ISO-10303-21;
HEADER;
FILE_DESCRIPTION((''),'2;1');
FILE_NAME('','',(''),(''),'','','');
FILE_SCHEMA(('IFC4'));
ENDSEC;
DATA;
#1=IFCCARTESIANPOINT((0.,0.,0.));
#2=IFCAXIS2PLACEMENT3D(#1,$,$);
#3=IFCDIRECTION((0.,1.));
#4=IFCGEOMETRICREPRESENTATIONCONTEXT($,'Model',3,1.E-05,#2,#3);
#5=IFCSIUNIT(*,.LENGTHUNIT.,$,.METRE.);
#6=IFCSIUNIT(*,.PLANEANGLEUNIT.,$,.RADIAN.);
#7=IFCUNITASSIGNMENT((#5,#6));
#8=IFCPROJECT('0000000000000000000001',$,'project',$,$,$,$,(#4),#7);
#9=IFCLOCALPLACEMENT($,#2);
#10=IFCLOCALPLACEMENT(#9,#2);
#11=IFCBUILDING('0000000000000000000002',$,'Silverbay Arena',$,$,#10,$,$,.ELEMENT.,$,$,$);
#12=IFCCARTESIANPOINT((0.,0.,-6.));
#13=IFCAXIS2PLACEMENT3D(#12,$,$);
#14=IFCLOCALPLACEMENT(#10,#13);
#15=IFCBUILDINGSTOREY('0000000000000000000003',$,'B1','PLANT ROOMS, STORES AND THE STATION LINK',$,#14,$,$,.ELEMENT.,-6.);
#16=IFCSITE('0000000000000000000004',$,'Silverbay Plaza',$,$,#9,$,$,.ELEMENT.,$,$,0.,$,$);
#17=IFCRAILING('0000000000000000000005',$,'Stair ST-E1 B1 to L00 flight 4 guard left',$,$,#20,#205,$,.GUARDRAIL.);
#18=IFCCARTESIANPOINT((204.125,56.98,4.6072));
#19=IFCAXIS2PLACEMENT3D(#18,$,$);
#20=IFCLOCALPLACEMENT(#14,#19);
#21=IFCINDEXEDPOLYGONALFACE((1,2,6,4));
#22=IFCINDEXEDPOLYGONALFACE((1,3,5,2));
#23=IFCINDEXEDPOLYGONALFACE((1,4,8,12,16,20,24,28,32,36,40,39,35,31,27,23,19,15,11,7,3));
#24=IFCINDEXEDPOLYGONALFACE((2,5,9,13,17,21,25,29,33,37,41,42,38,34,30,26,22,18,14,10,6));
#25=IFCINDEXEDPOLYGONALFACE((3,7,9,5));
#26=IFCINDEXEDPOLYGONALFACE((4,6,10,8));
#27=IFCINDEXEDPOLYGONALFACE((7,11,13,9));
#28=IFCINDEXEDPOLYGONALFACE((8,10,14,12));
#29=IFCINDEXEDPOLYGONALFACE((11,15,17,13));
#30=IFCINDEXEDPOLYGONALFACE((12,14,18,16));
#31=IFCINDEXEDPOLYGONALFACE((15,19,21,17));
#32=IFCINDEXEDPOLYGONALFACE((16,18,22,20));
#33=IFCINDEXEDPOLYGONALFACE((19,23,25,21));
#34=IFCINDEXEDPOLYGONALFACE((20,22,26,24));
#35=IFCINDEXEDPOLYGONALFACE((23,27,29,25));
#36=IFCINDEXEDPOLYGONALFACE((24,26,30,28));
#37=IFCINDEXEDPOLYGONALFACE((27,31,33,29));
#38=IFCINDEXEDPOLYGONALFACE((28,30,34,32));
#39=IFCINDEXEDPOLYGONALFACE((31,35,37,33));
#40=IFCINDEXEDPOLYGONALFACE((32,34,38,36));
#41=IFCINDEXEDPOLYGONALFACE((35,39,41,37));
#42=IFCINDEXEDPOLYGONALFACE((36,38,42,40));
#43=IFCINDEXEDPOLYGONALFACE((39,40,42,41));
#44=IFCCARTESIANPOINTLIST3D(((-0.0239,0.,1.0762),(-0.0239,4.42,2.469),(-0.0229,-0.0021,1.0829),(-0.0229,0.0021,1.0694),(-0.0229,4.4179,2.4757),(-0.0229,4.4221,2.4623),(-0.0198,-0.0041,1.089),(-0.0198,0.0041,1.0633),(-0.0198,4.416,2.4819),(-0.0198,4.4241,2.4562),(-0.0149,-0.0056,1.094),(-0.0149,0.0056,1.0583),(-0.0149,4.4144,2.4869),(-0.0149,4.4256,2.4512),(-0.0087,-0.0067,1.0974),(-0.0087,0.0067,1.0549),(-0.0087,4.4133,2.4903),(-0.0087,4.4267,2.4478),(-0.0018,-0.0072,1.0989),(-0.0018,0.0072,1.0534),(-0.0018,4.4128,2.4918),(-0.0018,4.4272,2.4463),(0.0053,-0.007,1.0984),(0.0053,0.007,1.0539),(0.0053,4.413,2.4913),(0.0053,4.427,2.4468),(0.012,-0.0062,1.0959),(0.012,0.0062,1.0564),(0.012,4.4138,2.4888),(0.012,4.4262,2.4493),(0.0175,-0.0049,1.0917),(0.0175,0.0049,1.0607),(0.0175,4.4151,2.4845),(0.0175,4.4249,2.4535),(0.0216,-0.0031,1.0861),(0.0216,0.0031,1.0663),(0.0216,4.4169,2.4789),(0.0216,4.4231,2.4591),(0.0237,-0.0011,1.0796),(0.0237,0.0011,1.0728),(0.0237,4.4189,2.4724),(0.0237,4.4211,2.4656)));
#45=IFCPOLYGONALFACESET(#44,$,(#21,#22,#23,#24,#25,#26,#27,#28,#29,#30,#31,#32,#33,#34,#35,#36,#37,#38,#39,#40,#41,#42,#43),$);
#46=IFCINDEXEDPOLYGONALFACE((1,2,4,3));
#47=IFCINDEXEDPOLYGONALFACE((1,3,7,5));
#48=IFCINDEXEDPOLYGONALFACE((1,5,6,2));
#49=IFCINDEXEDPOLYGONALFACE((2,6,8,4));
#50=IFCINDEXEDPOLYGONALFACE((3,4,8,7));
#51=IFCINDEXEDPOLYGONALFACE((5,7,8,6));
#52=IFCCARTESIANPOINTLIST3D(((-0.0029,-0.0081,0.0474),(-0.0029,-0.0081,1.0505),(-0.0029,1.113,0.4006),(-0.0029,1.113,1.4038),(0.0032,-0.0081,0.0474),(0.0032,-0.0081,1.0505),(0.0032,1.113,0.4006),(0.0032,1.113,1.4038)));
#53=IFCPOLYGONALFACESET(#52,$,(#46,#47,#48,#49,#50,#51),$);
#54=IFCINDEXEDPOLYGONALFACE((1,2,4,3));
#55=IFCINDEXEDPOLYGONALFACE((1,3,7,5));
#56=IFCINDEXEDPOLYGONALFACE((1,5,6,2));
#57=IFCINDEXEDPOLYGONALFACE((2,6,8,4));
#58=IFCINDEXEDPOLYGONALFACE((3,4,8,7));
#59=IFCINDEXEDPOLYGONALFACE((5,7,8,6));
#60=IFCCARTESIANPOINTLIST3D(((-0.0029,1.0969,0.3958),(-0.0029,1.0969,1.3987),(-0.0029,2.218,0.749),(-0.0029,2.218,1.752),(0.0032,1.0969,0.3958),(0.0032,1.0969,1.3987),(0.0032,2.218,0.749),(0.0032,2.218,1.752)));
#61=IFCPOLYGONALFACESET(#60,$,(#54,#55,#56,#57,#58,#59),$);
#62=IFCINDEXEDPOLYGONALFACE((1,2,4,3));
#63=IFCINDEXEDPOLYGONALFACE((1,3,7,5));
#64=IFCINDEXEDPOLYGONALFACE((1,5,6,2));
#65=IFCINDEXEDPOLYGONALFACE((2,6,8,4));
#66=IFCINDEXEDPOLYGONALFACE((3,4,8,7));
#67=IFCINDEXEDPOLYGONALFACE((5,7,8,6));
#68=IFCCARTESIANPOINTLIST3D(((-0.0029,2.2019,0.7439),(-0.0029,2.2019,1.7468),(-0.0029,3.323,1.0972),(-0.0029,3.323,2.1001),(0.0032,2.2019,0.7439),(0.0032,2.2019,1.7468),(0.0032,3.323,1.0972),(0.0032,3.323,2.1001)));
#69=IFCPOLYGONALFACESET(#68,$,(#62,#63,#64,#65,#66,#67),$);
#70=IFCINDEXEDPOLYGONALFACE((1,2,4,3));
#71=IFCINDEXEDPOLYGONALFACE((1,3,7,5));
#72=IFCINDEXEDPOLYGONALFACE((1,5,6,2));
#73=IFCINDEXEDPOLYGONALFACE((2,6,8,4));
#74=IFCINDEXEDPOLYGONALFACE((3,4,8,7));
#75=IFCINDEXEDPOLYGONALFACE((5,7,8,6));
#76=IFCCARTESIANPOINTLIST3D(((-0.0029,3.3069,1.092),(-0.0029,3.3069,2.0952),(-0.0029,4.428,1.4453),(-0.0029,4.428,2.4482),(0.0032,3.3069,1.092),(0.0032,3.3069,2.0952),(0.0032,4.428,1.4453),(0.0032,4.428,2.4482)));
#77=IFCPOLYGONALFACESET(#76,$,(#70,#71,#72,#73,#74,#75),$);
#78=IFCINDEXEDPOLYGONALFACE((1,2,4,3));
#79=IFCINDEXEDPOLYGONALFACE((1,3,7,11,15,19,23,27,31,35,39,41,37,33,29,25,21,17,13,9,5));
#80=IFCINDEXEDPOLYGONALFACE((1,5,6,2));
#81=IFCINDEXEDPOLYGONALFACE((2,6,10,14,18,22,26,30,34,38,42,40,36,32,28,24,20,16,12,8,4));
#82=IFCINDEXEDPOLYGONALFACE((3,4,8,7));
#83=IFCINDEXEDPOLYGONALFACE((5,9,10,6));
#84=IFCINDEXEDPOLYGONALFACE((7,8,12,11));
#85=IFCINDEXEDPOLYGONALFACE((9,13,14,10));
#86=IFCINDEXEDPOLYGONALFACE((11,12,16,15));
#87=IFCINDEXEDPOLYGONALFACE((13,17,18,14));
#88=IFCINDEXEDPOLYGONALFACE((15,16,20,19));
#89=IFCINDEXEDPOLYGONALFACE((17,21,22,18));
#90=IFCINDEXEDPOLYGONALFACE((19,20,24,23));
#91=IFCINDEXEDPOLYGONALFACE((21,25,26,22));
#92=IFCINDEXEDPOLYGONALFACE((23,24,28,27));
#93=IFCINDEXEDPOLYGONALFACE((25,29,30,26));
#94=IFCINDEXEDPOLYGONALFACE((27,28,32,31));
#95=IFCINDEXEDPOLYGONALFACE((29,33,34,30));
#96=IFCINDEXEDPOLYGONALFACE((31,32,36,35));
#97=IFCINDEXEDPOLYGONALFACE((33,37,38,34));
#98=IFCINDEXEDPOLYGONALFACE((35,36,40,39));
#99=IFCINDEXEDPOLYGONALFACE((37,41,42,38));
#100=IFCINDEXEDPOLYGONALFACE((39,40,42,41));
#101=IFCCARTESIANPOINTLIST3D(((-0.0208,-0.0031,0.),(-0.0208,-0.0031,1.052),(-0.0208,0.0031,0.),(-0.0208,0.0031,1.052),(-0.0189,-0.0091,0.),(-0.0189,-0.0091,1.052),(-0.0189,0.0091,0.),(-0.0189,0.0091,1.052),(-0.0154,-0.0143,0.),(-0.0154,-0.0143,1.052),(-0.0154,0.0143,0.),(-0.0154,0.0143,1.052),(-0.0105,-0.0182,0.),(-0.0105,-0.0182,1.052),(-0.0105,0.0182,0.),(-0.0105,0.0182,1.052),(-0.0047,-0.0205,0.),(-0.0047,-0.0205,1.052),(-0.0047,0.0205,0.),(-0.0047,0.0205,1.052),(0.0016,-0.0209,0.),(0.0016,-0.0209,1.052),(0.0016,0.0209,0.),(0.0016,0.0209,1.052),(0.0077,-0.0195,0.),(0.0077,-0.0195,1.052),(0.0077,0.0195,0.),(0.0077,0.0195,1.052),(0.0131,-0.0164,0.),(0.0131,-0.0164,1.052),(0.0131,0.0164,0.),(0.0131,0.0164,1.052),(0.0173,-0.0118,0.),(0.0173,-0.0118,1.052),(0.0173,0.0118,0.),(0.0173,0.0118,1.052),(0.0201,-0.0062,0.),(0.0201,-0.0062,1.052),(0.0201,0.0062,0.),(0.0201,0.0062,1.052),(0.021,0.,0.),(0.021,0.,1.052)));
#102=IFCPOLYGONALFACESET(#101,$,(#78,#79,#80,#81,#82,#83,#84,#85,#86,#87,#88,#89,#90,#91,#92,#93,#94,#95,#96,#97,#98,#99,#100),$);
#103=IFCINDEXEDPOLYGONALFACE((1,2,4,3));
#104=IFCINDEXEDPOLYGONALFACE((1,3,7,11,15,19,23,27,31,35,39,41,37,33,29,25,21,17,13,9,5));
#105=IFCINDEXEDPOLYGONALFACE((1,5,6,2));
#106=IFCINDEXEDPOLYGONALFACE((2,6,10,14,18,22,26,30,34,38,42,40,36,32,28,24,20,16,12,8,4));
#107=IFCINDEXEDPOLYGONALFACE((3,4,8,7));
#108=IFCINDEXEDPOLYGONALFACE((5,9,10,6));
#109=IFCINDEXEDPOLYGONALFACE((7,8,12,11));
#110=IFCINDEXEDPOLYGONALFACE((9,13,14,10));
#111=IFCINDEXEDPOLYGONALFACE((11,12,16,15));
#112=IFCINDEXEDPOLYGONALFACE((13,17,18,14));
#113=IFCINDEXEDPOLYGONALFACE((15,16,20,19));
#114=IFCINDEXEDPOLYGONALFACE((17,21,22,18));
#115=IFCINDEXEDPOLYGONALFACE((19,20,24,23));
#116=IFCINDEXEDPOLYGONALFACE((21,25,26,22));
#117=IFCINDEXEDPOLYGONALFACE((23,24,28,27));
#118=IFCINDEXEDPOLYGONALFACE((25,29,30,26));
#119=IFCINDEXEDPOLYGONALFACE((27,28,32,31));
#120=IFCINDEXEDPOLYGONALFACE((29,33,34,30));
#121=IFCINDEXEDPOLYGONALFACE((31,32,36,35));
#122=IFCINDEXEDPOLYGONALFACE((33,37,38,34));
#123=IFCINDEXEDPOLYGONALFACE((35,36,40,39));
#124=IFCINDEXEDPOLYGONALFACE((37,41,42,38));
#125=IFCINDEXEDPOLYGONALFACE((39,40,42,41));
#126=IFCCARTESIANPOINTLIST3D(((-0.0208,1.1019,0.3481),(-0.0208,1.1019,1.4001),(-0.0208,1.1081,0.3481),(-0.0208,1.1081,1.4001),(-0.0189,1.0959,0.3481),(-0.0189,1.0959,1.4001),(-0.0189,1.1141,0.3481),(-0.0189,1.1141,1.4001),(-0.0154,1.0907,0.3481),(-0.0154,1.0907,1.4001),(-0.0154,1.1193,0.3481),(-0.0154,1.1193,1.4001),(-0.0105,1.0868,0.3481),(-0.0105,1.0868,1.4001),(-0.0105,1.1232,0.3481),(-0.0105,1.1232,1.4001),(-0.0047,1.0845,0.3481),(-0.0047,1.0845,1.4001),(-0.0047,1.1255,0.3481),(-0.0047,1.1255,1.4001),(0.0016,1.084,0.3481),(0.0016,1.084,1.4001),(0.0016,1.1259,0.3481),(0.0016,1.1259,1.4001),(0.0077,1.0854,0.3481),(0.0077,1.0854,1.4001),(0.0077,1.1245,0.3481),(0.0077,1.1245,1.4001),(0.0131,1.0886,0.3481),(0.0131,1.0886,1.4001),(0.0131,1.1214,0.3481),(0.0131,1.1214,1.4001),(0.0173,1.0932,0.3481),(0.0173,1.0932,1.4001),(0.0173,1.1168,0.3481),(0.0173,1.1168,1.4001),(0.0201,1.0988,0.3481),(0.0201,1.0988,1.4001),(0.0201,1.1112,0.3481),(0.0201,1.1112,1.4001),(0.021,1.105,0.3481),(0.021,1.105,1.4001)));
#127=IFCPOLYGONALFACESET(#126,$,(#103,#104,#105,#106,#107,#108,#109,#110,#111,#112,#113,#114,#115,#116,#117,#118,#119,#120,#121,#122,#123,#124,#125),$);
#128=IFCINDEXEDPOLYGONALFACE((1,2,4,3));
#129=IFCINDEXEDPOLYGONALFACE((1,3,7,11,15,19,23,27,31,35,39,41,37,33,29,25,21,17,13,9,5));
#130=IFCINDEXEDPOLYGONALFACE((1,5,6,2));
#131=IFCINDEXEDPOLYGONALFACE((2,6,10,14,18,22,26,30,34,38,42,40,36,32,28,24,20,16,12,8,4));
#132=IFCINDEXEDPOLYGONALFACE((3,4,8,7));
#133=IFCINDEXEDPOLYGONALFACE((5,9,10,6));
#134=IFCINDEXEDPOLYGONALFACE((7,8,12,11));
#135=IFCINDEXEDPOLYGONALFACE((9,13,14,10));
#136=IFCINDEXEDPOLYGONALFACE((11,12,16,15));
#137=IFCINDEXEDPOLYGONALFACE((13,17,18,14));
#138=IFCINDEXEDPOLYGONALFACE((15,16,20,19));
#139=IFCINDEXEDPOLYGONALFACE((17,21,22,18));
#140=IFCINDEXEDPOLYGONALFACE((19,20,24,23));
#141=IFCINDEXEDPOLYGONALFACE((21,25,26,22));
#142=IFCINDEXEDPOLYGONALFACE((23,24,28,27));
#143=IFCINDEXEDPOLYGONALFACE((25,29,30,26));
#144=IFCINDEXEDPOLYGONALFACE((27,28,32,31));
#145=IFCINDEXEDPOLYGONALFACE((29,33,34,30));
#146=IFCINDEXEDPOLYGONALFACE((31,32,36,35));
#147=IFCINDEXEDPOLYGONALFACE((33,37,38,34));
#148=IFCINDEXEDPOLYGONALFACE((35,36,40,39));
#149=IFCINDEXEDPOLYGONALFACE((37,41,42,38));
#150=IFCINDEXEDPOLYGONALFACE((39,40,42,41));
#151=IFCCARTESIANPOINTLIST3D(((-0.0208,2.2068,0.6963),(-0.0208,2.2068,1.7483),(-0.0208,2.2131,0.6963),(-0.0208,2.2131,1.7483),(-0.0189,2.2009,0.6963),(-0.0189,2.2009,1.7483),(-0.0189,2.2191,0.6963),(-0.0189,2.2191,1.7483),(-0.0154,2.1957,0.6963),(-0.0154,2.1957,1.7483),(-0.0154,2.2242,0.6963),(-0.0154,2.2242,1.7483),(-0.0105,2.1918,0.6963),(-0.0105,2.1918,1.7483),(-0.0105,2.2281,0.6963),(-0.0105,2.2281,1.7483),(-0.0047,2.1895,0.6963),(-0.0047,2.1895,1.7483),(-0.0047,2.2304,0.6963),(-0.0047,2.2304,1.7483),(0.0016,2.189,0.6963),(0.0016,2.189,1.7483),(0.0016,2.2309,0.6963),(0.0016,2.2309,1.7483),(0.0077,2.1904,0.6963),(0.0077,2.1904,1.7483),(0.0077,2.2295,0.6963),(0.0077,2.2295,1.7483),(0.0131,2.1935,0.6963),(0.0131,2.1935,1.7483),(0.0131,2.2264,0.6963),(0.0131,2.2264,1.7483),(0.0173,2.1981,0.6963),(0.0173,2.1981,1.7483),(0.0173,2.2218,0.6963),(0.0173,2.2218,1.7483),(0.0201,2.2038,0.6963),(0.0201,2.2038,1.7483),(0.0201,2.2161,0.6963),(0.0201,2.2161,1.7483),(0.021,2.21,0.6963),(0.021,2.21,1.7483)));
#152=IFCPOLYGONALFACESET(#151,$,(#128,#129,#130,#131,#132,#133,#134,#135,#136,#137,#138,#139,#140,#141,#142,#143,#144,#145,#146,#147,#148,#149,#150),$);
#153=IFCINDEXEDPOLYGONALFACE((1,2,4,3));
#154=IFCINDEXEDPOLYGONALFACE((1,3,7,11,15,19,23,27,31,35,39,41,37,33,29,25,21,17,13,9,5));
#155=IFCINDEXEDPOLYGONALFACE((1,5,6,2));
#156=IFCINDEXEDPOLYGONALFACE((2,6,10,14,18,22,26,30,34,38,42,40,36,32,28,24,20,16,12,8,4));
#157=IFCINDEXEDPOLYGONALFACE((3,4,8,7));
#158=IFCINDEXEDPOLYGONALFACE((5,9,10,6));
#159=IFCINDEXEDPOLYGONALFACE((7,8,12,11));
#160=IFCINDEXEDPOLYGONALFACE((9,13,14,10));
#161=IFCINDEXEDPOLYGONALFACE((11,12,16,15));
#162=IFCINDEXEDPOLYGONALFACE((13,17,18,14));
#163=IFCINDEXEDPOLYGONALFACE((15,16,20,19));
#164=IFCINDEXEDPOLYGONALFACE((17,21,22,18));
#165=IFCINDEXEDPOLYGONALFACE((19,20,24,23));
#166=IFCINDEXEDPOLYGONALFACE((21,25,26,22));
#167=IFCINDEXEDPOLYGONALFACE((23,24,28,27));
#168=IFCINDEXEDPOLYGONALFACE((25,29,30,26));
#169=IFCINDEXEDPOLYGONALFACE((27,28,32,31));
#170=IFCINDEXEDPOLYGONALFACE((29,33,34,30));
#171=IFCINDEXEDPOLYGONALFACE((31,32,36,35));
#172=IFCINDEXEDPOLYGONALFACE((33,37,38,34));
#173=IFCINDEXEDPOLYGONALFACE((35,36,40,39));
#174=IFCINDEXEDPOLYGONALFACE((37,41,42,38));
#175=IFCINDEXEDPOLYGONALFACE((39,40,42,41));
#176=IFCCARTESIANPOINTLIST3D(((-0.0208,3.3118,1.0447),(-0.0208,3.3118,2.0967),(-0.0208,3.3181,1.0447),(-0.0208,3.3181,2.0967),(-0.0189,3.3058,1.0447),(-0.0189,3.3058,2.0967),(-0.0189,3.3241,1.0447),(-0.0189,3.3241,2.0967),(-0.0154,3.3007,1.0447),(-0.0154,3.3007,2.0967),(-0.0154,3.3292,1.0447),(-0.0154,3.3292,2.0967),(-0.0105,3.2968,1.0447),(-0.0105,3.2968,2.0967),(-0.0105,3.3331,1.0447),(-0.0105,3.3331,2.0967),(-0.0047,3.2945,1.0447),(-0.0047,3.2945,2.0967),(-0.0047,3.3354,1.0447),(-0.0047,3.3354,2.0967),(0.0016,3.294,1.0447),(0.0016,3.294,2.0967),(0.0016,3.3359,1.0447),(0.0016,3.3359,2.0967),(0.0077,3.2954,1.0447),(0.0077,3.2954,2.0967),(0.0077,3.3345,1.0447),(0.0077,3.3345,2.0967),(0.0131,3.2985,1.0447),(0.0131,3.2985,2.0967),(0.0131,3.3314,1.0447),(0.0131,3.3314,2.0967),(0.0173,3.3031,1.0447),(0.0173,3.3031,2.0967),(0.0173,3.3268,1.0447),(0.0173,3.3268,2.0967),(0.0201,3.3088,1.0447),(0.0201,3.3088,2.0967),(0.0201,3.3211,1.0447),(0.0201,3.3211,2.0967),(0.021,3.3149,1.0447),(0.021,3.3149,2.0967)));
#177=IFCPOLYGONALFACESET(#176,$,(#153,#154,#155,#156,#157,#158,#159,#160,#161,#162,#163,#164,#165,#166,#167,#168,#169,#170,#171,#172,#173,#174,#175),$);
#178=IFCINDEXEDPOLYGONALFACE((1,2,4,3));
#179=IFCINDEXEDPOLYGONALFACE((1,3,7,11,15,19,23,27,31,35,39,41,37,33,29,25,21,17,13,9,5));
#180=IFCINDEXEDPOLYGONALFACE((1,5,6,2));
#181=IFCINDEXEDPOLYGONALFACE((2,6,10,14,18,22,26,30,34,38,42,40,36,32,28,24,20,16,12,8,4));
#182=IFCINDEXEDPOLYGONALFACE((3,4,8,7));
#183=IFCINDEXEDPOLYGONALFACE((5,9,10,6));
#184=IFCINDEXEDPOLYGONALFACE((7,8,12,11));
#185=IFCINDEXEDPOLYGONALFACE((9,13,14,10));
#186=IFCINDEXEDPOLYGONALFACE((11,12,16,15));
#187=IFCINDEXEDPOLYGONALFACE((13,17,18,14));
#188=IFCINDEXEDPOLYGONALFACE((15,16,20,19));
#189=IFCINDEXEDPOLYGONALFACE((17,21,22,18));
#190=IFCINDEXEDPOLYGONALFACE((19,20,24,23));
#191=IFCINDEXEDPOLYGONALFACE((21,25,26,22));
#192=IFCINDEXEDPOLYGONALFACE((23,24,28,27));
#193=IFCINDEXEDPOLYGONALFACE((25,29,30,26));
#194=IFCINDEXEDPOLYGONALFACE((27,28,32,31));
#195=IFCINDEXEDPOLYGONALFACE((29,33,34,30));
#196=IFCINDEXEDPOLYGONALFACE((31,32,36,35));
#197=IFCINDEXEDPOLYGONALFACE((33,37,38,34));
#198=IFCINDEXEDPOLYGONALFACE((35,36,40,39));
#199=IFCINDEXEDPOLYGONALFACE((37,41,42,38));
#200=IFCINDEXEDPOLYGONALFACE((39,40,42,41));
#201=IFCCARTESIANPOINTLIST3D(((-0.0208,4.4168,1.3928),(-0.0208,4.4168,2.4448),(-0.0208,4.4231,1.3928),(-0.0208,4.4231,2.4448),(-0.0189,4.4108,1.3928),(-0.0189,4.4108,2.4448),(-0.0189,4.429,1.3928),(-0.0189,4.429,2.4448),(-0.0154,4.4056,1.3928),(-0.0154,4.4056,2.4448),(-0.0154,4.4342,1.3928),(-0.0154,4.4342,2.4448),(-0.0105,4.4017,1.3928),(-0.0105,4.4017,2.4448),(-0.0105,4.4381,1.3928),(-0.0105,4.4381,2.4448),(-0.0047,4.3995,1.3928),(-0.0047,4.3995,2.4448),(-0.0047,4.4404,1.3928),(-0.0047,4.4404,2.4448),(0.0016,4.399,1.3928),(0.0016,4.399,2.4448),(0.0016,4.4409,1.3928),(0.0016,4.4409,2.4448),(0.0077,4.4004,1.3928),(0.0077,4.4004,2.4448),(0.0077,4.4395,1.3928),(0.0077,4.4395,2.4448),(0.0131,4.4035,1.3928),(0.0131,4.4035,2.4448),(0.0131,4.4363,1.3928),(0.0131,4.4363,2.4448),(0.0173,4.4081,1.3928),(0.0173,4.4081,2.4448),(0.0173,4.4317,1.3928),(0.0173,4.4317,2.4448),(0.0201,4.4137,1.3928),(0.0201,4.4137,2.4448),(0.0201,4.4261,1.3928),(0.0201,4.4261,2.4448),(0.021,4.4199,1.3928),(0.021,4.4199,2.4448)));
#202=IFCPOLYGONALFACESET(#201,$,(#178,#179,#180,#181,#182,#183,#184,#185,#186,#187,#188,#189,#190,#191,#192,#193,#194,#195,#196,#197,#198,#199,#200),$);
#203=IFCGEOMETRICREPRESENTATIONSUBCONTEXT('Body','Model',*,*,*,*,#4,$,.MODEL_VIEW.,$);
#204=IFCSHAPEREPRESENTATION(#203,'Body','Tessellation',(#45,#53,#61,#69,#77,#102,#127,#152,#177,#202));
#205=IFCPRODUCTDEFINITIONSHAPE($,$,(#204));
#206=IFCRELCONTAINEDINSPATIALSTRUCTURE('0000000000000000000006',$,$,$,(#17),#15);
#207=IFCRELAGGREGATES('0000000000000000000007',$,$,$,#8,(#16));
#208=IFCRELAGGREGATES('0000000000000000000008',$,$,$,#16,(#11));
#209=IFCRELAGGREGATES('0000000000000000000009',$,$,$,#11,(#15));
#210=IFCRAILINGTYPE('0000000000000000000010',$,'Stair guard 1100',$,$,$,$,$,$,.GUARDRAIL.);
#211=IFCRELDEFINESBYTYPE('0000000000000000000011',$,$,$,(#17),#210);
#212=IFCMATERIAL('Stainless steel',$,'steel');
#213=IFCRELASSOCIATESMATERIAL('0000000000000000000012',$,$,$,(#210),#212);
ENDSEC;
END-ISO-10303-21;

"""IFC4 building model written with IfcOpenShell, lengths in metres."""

from ifc_helpers import new_model, si_unit, direction, frame, origin, origin_2d, place, context, subcontext, project, spatial, polyline, circle, outline, extrude, material, type_object, element, save


model = new_model("IFC4")

# Units and contexts
model_context = context("Model", 3, precision=1e-05, world=origin(), true_north=direction((0.0, 1.0)))
body_context = subcontext(model_context, "Body", "Model", "MODEL_VIEW")
ifc_project = project(units=[si_unit("LENGTHUNIT", "METRE"), si_unit("PLANEANGLEUNIT", "RADIAN")], contexts=[model_context])

# Site, building, storey
site_placement = place(None, origin())
site = spatial("IfcSite", under=ifc_project, at=site_placement, Name="Silverbay Plaza", CompositionType="ELEMENT", RefElevation=0.0)
building_placement = place(site_placement, origin())
building = spatial("IfcBuilding", under=site, at=building_placement, Name="Silverbay Arena", CompositionType="ELEMENT")
storey_placement = place(building_placement, frame((0.0, 0.0, -6.0)))
storey = spatial("IfcBuildingStorey", under=building, at=storey_placement, Name="B1", Description="PLANT ROOMS, STORES AND THE STATION LINK", CompositionType="ELEMENT", Elevation=-6.0)

# Railing
ifc_material_1 = material(Name="Stainless steel", Category="steel")
railing_type_1 = type_object("IfcRailingType", Name="Stair guard 1100", PredefinedType="GUARDRAIL", material=ifc_material_1)
railing_1_placement = place(storey_placement, frame((204.125, 56.98, 4.6072)))
element("IfcRailing", 1, at=railing_1_placement, inside=storey, type_object=railing_type_1, Name="Stair ST-E1 B1 to L00 flight 4 guard left", PredefinedType="GUARDRAIL", context=body_context, shape_type="SweptSolid", body=[
    extrude(circle(Radius=0.0239, at=origin_2d()), frame((0.0, 0.0, 1.0762), z_axis=(0.0, 0.953765, 0.300554), x_axis=(-1.0, 0.0, 0.0)), (0.0, 0.0, 1.0), 4.6343),
    extrude(outline(polyline([(-0.0081, 0.0474), (1.113, 0.4006), (1.113, 1.4038), (-0.0081, 1.0505), (-0.0081, 0.0474)])), frame((-0.0029, 0.0, 0.0), z_axis=(1.0, 0.0, 0.0), x_axis=(0.0, 1.0, 0.0)), (0.0, 0.0, 1.0), 0.0061),
    extrude(outline(polyline([(-0.0081, 0.3958), (1.113, 0.749), (1.113, 1.752), (-0.0081, 1.3987), (-0.0081, 0.3958)])), frame((-0.0029, 1.105, 0.0), z_axis=(1.0, 0.0, 0.0), x_axis=(0.0, 1.0, 0.0)), (0.0, 0.0, 1.0), 0.0061),
    extrude(outline(polyline([(-0.0081, 0.7439), (1.113, 1.0972), (1.113, 2.1001), (-0.0081, 1.7468), (-0.0081, 0.7439)])), frame((-0.0029, 2.21, 0.0), z_axis=(1.0, 0.0, 0.0), x_axis=(0.0, 1.0, 0.0)), (0.0, 0.0, 1.0), 0.0061),
    extrude(outline(polyline([(-0.0081, 1.092), (1.113, 1.4453), (1.113, 2.4482), (-0.0081, 2.0952), (-0.0081, 1.092)])), frame((-0.0029, 3.3149, 0.0), z_axis=(1.0, 0.0, 0.0), x_axis=(0.0, 1.0, 0.0)), (0.0, 0.0, 1.0), 0.0061),
    extrude(circle(Radius=0.021, at=origin_2d()), origin(), (0.0, 0.0, 1.0), 1.052),
    extrude(circle(Radius=0.021, at=origin_2d()), frame((0.0, 1.105, 0.3481)), (0.0, 0.0, 1.0), 1.052),
    extrude(circle(Radius=0.021, at=origin_2d()), frame((0.0, 2.21, 0.6963)), (0.0, 0.0, 1.0), 1.052),
    extrude(circle(Radius=0.021, at=origin_2d()), frame((0.0, 3.3149, 1.0447)), (0.0, 0.0, 1.0), 1.052),
    extrude(circle(Radius=0.021, at=origin_2d()), frame((0.0, 4.4199, 1.3928)), (0.0, 0.0, 1.0), 1.052),
])

save(model, "model.ifc")
